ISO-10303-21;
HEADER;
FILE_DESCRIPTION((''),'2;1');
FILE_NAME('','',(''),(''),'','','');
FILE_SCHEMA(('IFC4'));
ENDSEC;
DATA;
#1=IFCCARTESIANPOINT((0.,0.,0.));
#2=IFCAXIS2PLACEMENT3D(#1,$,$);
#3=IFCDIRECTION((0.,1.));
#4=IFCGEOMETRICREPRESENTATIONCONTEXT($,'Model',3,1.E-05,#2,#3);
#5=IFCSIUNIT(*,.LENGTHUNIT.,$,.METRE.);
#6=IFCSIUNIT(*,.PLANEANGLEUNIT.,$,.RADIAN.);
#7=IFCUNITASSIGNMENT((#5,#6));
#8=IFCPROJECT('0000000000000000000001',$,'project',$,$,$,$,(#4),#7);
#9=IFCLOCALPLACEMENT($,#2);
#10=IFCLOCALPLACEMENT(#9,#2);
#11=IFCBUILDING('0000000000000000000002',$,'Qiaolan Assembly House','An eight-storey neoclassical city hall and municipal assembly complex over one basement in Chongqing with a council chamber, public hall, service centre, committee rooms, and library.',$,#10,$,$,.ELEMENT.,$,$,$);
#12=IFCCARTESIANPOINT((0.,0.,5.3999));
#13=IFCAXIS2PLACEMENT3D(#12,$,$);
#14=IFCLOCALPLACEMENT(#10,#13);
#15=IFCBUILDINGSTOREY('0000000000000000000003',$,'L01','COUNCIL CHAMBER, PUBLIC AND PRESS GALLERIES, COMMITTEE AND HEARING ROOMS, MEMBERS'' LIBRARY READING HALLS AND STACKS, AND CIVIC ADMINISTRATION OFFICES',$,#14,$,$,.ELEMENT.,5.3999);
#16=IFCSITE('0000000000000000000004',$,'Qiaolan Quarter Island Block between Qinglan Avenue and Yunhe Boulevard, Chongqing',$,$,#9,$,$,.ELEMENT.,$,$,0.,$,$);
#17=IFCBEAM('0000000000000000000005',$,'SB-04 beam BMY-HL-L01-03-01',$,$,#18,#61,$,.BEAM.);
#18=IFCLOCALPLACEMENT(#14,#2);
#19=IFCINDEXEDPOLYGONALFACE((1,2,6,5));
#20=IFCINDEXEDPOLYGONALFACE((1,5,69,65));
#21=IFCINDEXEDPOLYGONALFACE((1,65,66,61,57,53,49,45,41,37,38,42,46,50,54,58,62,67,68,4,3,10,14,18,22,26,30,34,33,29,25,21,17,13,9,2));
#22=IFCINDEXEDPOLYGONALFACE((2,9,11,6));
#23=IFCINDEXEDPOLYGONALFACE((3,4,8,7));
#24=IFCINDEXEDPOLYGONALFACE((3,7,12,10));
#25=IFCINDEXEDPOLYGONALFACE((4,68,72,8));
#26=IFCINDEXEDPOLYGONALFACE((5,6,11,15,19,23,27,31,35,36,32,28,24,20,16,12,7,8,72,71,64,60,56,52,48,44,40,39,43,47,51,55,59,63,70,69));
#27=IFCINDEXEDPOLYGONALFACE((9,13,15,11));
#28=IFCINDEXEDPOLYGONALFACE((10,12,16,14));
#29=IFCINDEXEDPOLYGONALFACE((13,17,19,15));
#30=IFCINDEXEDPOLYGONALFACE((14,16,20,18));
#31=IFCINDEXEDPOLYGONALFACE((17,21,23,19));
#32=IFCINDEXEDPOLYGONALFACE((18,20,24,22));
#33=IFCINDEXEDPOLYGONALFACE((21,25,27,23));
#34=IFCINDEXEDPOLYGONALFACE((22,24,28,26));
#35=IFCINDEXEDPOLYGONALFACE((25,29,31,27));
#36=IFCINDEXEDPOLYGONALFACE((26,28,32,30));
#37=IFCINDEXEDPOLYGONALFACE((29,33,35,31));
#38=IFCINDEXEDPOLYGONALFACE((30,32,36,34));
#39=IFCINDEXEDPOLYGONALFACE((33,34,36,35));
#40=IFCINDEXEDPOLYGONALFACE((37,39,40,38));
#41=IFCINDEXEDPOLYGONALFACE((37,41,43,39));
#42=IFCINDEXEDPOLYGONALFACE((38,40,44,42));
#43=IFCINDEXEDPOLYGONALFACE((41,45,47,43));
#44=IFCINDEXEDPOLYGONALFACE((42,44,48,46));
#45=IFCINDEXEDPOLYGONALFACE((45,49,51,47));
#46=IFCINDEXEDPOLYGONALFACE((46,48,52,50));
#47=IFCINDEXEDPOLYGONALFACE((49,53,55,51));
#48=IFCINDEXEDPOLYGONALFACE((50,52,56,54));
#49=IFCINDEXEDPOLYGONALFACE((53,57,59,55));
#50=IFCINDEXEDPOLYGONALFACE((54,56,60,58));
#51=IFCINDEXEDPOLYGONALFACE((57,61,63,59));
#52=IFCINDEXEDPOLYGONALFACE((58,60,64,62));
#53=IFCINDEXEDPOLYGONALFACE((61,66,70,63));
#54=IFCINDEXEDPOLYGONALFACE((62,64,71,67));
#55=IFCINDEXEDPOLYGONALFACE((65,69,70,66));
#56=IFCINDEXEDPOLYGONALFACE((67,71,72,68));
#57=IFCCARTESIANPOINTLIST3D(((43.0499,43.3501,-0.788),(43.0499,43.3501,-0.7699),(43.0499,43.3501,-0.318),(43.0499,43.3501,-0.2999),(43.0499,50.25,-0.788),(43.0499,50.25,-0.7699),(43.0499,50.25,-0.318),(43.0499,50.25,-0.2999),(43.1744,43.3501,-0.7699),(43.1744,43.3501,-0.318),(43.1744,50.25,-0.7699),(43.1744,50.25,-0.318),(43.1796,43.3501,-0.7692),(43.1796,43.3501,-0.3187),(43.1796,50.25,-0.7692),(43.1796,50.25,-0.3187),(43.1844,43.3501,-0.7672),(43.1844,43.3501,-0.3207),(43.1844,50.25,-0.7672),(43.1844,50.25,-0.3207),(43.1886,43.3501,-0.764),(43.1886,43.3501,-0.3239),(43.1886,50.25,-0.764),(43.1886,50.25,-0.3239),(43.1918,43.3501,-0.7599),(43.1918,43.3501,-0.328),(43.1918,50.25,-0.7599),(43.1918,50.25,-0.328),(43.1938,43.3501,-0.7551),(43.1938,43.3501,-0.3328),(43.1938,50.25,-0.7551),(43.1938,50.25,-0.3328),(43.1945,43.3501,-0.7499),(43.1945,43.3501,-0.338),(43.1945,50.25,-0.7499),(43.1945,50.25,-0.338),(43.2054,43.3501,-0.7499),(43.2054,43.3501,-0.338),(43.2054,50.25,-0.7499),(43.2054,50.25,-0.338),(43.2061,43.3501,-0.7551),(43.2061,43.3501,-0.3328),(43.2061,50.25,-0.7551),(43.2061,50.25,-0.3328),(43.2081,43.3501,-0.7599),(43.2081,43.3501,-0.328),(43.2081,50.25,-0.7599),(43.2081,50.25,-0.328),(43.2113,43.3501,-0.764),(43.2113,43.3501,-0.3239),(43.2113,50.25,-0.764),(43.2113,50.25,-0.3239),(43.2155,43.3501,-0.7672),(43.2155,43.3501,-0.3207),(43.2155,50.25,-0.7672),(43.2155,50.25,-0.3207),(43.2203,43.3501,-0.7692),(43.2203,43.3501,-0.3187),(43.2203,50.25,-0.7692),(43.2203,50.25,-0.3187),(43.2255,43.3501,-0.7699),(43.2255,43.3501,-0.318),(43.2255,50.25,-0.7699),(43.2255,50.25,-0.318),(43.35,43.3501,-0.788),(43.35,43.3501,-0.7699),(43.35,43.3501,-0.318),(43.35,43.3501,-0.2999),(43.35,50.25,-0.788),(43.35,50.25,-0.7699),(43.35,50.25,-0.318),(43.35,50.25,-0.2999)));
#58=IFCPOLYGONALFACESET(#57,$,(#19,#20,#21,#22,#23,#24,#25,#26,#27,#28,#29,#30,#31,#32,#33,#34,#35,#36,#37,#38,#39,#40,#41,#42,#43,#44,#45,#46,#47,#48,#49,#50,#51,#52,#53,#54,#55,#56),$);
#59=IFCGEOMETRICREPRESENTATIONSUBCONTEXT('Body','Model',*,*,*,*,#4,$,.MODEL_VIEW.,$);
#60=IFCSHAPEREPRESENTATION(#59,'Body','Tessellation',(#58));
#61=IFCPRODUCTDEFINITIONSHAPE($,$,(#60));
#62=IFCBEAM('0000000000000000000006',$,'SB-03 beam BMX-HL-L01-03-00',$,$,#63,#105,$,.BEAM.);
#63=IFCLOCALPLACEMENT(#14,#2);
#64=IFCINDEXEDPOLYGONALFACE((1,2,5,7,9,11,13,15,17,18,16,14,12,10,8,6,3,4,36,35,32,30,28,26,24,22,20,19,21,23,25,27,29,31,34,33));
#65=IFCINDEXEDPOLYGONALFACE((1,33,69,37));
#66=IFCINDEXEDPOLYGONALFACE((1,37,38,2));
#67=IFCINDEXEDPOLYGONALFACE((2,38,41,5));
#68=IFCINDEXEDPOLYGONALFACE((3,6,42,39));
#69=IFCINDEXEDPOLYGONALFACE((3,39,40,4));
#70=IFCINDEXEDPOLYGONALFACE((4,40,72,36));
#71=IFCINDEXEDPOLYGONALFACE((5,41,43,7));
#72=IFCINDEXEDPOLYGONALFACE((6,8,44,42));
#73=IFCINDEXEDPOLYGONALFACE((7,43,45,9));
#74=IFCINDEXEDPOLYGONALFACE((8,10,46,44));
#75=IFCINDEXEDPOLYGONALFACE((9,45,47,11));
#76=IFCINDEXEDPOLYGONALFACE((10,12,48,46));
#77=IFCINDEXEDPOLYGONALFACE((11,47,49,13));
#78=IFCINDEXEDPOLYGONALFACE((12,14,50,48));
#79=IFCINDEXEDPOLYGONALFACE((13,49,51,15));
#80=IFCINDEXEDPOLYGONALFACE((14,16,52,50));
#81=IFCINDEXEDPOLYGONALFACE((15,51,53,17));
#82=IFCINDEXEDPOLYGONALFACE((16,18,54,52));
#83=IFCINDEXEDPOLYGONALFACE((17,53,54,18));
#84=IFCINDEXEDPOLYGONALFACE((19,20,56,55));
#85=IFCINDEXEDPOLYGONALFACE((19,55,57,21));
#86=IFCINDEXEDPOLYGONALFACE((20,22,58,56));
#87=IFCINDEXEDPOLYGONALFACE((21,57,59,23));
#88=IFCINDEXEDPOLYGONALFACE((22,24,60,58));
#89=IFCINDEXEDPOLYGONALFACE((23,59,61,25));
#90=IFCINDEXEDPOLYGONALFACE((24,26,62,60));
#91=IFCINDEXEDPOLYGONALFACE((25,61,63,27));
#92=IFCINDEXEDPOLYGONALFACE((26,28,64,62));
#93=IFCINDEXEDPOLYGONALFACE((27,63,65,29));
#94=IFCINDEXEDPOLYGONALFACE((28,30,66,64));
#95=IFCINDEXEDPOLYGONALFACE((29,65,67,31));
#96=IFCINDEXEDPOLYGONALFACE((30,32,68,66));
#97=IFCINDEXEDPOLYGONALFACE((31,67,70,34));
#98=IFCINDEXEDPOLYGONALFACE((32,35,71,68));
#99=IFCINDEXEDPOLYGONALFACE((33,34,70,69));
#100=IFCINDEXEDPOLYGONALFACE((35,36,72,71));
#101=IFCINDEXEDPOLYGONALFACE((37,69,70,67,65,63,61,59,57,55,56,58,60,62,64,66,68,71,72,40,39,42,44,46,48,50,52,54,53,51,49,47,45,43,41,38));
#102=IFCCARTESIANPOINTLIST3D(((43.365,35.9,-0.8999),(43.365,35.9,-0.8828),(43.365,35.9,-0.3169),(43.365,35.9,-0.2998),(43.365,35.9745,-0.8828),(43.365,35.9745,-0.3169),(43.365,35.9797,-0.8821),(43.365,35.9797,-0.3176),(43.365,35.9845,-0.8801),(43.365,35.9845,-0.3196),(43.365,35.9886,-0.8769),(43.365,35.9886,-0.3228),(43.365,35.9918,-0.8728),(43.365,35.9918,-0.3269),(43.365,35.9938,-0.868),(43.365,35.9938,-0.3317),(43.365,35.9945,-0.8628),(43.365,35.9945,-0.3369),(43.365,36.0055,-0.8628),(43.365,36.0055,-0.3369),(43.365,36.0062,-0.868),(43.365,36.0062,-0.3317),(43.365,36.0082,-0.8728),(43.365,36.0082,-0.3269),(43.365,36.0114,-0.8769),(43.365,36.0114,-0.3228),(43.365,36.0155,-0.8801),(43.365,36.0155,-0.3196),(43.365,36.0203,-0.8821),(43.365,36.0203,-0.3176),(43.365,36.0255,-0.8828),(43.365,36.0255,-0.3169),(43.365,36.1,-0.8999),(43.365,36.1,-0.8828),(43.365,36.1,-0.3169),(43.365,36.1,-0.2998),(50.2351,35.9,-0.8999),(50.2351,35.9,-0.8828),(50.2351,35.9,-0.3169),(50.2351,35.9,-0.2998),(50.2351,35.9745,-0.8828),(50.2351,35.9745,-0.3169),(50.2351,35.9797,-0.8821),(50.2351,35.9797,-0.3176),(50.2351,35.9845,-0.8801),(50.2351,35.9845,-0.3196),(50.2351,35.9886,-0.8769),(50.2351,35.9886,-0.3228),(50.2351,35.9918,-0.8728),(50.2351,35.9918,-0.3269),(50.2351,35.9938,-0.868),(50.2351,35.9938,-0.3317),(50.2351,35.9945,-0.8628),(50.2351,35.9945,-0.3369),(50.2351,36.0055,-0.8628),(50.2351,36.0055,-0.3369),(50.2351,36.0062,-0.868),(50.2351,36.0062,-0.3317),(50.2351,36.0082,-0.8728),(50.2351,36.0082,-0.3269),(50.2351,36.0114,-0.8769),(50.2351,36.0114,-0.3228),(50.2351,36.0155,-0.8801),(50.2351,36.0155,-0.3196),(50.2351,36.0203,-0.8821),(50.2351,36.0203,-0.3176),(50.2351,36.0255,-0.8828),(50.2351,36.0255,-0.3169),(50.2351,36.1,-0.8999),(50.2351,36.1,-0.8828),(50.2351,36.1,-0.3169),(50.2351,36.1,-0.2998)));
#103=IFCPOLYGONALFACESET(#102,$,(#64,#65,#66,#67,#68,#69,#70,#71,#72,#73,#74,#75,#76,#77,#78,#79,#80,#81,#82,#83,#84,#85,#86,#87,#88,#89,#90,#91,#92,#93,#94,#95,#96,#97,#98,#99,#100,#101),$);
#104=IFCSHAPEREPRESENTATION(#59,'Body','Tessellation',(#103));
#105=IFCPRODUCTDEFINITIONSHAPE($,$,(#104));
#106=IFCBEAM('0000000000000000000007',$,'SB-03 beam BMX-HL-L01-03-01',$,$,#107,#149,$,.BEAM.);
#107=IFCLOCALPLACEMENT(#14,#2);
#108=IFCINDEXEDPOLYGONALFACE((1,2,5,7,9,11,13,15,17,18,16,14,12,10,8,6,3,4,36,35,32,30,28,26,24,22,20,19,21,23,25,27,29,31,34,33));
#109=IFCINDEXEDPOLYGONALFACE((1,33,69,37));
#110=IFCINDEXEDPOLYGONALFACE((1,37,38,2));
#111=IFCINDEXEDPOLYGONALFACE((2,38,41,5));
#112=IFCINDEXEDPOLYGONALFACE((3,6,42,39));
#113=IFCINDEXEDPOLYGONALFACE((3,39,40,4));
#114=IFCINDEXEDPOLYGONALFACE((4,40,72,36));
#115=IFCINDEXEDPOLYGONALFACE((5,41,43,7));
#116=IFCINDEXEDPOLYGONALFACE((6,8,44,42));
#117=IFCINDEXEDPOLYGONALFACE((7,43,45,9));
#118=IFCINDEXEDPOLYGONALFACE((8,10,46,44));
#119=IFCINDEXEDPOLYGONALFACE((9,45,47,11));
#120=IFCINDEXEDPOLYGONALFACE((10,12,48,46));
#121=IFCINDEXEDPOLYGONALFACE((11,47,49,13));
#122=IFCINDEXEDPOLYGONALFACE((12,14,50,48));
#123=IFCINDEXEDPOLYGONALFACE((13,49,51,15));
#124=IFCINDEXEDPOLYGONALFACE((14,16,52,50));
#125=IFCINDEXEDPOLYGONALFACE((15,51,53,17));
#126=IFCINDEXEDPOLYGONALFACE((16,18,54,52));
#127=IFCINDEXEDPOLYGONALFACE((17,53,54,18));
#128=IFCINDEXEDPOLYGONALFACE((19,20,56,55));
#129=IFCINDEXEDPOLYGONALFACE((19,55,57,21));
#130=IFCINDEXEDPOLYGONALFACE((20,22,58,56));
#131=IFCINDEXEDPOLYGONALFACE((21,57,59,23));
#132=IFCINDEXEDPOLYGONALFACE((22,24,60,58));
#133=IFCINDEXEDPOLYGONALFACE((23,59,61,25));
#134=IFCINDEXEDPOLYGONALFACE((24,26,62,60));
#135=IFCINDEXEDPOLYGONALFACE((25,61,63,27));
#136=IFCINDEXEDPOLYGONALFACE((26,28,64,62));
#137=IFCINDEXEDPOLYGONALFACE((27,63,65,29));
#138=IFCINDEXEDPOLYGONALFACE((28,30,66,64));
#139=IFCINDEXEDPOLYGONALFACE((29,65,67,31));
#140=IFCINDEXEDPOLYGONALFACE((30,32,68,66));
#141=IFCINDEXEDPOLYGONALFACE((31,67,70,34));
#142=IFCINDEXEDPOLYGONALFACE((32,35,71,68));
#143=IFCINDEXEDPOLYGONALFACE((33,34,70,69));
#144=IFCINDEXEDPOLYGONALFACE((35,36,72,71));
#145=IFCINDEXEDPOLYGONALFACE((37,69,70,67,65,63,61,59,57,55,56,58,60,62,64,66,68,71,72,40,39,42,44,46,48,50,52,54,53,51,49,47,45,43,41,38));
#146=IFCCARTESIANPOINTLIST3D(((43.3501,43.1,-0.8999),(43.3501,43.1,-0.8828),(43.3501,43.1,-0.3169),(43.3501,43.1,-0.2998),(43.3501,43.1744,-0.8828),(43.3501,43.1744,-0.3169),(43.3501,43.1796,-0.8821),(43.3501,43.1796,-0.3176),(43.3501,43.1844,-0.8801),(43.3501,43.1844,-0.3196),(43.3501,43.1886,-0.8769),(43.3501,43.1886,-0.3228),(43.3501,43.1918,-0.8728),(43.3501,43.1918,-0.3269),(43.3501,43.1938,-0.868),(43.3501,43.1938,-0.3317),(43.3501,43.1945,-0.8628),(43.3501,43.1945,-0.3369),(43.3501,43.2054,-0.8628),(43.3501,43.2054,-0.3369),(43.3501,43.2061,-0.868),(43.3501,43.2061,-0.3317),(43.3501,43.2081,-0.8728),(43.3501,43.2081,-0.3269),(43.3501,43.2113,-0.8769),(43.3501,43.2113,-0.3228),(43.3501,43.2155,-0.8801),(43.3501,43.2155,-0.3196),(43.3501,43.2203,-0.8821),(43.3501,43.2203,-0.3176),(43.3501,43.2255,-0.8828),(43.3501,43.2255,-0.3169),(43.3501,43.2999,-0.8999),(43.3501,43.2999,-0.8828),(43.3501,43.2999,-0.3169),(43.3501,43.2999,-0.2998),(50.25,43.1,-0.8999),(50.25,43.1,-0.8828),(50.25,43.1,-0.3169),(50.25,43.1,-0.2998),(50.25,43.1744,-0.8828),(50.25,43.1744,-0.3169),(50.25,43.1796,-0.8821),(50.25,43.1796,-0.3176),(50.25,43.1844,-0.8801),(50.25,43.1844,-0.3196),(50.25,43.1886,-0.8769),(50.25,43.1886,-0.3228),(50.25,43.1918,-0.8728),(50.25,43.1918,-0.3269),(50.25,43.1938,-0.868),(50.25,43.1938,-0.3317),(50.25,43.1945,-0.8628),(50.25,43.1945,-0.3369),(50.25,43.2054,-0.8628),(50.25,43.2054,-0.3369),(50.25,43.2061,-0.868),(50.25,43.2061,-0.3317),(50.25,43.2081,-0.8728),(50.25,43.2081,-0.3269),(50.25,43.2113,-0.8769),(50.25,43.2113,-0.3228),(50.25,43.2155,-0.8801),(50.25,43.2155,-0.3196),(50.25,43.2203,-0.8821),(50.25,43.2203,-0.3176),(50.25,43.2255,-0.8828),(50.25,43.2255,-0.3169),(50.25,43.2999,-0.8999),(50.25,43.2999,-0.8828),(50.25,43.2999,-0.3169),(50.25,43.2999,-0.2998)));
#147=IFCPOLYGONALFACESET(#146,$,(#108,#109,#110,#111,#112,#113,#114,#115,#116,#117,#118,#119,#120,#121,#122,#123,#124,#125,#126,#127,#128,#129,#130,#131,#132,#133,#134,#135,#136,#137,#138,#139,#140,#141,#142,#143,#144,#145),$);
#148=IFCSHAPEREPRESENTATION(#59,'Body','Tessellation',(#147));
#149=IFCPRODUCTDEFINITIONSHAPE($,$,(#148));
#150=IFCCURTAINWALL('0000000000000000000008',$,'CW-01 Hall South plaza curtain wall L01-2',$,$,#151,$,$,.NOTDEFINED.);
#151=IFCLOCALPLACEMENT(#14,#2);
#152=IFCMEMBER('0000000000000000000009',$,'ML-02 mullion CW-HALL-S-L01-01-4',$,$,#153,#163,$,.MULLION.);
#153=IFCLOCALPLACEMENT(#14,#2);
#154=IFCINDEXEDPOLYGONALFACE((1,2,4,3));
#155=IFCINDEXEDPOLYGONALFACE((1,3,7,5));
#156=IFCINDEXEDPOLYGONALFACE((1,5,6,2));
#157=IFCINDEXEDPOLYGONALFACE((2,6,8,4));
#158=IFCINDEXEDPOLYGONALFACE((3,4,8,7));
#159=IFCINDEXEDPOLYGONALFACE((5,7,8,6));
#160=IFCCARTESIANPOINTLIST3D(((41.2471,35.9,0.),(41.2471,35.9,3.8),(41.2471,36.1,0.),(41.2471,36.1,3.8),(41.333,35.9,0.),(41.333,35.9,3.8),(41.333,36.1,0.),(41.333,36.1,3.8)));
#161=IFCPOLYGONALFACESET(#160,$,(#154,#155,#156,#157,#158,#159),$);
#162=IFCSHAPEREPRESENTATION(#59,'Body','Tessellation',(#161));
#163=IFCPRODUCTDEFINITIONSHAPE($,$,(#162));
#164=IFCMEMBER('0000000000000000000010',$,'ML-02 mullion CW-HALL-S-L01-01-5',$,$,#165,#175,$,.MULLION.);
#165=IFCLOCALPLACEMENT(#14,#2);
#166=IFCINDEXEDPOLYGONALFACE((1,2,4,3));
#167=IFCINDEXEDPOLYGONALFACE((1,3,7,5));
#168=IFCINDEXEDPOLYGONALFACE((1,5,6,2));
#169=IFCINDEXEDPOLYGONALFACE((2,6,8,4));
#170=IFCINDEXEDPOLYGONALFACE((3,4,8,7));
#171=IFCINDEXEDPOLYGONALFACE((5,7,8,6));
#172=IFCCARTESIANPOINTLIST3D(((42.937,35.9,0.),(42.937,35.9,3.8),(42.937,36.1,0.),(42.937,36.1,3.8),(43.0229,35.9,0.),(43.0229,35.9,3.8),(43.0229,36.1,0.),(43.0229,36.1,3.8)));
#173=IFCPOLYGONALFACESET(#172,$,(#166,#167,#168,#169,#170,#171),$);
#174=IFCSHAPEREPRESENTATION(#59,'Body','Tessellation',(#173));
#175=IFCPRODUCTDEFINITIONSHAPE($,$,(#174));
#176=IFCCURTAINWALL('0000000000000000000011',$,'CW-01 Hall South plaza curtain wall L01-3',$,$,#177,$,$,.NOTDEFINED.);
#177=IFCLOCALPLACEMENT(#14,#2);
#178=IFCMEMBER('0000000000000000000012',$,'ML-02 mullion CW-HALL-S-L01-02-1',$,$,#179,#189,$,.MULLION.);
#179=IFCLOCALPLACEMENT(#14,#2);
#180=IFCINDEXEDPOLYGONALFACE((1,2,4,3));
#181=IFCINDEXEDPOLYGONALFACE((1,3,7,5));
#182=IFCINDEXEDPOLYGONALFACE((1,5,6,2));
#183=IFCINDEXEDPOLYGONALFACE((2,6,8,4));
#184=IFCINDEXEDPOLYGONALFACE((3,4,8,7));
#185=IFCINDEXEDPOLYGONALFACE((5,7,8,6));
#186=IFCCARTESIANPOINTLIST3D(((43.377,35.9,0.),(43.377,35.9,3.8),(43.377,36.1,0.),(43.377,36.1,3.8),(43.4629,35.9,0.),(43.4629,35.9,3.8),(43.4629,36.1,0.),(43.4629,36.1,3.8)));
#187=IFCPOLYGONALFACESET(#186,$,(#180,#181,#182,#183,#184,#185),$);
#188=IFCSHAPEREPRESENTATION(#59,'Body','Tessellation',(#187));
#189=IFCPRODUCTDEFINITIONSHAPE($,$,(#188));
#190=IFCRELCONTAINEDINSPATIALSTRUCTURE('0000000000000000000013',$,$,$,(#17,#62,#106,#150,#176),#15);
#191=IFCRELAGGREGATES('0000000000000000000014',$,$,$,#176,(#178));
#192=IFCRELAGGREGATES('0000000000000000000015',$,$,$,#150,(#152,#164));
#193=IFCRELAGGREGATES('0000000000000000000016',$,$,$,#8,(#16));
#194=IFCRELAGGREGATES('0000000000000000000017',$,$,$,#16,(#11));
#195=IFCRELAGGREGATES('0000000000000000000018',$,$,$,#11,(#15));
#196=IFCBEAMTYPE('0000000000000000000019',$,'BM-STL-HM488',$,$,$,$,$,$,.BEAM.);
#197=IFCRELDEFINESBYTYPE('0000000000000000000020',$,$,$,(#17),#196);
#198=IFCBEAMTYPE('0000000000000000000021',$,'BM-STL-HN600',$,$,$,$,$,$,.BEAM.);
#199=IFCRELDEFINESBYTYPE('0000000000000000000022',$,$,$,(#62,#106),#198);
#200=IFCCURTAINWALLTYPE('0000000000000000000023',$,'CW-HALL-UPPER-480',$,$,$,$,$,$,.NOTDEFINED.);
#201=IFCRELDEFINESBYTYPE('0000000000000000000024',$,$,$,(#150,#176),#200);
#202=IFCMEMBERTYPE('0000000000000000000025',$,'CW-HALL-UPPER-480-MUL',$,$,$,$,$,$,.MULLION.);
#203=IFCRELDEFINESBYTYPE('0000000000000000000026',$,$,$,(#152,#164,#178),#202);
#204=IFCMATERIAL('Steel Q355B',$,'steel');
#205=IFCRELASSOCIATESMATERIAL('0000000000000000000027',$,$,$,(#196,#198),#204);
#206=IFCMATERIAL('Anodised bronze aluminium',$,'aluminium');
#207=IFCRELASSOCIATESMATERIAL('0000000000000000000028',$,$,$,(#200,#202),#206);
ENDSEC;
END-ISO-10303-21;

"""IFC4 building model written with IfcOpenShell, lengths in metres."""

from ifc_helpers import new_model, si_unit, direction, frame, origin, origin_2d, place, context, subcontext, project, spatial, rectangle, i_section, extrude, material, material_profile, profile_set, type_object, element, aggregate, save


model = new_model("IFC4")

# Units and contexts
model_context = context("Model", 3, precision=1e-05, world=origin(), true_north=direction((0.0, 1.0)))
body_context = subcontext(model_context, "Body", "Model", "MODEL_VIEW")
ifc_project = project(units=[si_unit("LENGTHUNIT", "METRE"), si_unit("PLANEANGLEUNIT", "RADIAN")], contexts=[model_context])

# Site, building, storey
site_placement = place(None, origin())
site = spatial("IfcSite", under=ifc_project, at=site_placement, Name="Qiaolan Quarter Island Block between Qinglan Avenue and Yunhe Boulevard, Chongqing", CompositionType="ELEMENT", RefElevation=0.0)
building_placement = place(site_placement, origin())
building = spatial("IfcBuilding", under=site, at=building_placement, Name="Qiaolan Assembly House", Description="An eight-storey neoclassical city hall and municipal assembly complex over one basement in Chongqing with a council chamber, public hall, service centre, committee rooms, and library.", CompositionType="ELEMENT")
storey_placement = place(building_placement, frame((0.0, 0.0, 5.3999)))
storey = spatial("IfcBuildingStorey", under=building, at=storey_placement, Name="L01", Description="COUNCIL CHAMBER, PUBLIC AND PRESS GALLERIES, COMMITTEE AND HEARING ROOMS, MEMBERS' LIBRARY READING HALLS AND STACKS, AND CIVIC ADMINISTRATION OFFICES", CompositionType="ELEMENT", Elevation=5.3999)

# Shared definitions
ifc_material_1 = material(Name="Steel Q355B", Category="steel")

# Beams
ifc_material_profile_1 = material_profile(ifc_material_1, i_section(OverallWidth=0.3, OverallDepth=0.488, WebThickness=0.011, FlangeThickness=0.0181, FilletRadius=0.02, at=origin_2d()), Name="HM 488x300x11x18")
ifc_profile_set_1 = profile_set([ifc_material_profile_1], Name="Steel Q355B")
beam_type_1 = type_object("IfcBeamType", Name="BM-STL-HM488", PredefinedType="BEAM", material=ifc_profile_set_1)
beam_1_placement = place(storey_placement, frame((43.2, 43.3501, -0.5439), z_axis=(0.0, 1.0, 0.0), x_axis=(-1.0, 0.0, 0.0)))
element("IfcBeam", 1, at=beam_1_placement, inside=storey, type_object=beam_type_1, Name="SB-04 beam BMY-HL-L01-03-01", PredefinedType="BEAM", context=body_context, shape_type="SweptSolid", body=[
    extrude(i_section(OverallWidth=0.3, OverallDepth=0.488, WebThickness=0.011, FlangeThickness=0.0181, FilletRadius=0.02, at=origin_2d()), origin(), (0.0, 0.0, 1.0), 6.8999),
])
ifc_material_profile_2 = material_profile(ifc_material_1, i_section(OverallWidth=0.2, OverallDepth=0.6001, WebThickness=0.011, FlangeThickness=0.0171, FilletRadius=0.02, at=origin_2d()), Name="HN 600x200x11x17")
ifc_profile_set_2 = profile_set([ifc_material_profile_2], Name="Steel Q355B")
beam_type_2 = type_object("IfcBeamType", Name="BM-STL-HN600", PredefinedType="BEAM", material=ifc_profile_set_2)
beam_2_placement = place(storey_placement, frame((43.365, 36.0, -0.5999), z_axis=(1.0, 0.0, 0.0), x_axis=(0.0, 1.0, 0.0)))
element("IfcBeam", 2, at=beam_2_placement, inside=storey, type_object=beam_type_2, Name="SB-03 beam BMX-HL-L01-03-00", PredefinedType="BEAM", context=body_context, shape_type="SweptSolid", body=[
    extrude(i_section(OverallWidth=0.2, OverallDepth=0.6001, WebThickness=0.011, FlangeThickness=0.0171, FilletRadius=0.02, at=origin_2d()), origin(), (0.0, 0.0, 1.0), 6.8701),
])
beam_3_placement = place(storey_placement, frame((43.3501, 43.2, -0.5999), z_axis=(1.0, 0.0, 0.0), x_axis=(0.0, 1.0, 0.0)))
element("IfcBeam", 3, at=beam_3_placement, inside=storey, type_object=beam_type_2, Name="SB-03 beam BMX-HL-L01-03-01", PredefinedType="BEAM", context=body_context, shape_type="SweptSolid", body=[
    extrude(i_section(OverallWidth=0.2, OverallDepth=0.6001, WebThickness=0.011, FlangeThickness=0.0171, FilletRadius=0.02, at=origin_2d()), origin(), (0.0, 0.0, 1.0), 6.8999),
])

# Curtain wall, members
ifc_material_2 = material(Name="Anodised bronze aluminium", Category="aluminium")
curtain_wall_type = type_object("IfcCurtainWallType", Name="CW-HALL-UPPER-480", PredefinedType="NOTDEFINED", material=ifc_material_2)
curtain_wall_1_placement = place(storey_placement, origin())
curtain_wall_1 = element("IfcCurtainWall", 4, at=curtain_wall_1_placement, inside=storey, type_object=curtain_wall_type, Name="CW-01 Hall South plaza curtain wall L01-2", PredefinedType="NOTDEFINED")
ifc_material_profile_3 = material_profile(ifc_material_2, rectangle(XDim=0.0859, YDim=0.2, at=origin_2d()), Name="MUL 86x200")
ifc_profile_set_3 = profile_set([ifc_material_profile_3], Name="Anodised bronze aluminium")
member_type_1 = type_object("IfcMemberType", Name="CW-HALL-UPPER-480-MUL", PredefinedType="MULLION", material=ifc_profile_set_3)
member_1_placement = place(storey_placement, frame((41.29, 36.0, 0.0), z_axis=(0.0, 0.0, 1.0), x_axis=(1.0, 0.0, 0.0)))
member_1 = element("IfcMember", 5, at=member_1_placement, type_object=member_type_1, Name="ML-02 mullion CW-HALL-S-L01-01-4", PredefinedType="MULLION", context=body_context, shape_type="SweptSolid", body=[
    extrude(rectangle(XDim=0.0859, YDim=0.2, at=origin_2d()), origin(), (0.0, 0.0, 1.0), 3.8),
])
member_2_placement = place(storey_placement, frame((42.98, 36.0, 0.0), z_axis=(0.0, 0.0, 1.0), x_axis=(1.0, 0.0, 0.0)))
member_2 = element("IfcMember", 6, at=member_2_placement, type_object=member_type_1, Name="ML-02 mullion CW-HALL-S-L01-01-5", PredefinedType="MULLION", context=body_context, shape_type="SweptSolid", body=[
    extrude(rectangle(XDim=0.0859, YDim=0.2, at=origin_2d()), origin(), (0.0, 0.0, 1.0), 3.8),
])

# Curtain wall, member
curtain_wall_2_placement = place(storey_placement, origin())
curtain_wall_2 = element("IfcCurtainWall", 7, at=curtain_wall_2_placement, inside=storey, type_object=curtain_wall_type, Name="CW-01 Hall South plaza curtain wall L01-3", PredefinedType="NOTDEFINED")
member_3_placement = place(storey_placement, frame((43.4199, 36.0, 0.0), z_axis=(0.0, 0.0, 1.0), x_axis=(1.0, 0.0, 0.0)))
member_3 = element("IfcMember", 8, at=member_3_placement, type_object=member_type_1, Name="ML-02 mullion CW-HALL-S-L01-02-1", PredefinedType="MULLION", context=body_context, shape_type="SweptSolid", body=[
    extrude(rectangle(XDim=0.0859, YDim=0.2, at=origin_2d()), origin(), (0.0, 0.0, 1.0), 3.8),
])
aggregate(curtain_wall_2, [member_3])

aggregate(curtain_wall_1, [member_1, member_2])

save(model, "model.ifc")
